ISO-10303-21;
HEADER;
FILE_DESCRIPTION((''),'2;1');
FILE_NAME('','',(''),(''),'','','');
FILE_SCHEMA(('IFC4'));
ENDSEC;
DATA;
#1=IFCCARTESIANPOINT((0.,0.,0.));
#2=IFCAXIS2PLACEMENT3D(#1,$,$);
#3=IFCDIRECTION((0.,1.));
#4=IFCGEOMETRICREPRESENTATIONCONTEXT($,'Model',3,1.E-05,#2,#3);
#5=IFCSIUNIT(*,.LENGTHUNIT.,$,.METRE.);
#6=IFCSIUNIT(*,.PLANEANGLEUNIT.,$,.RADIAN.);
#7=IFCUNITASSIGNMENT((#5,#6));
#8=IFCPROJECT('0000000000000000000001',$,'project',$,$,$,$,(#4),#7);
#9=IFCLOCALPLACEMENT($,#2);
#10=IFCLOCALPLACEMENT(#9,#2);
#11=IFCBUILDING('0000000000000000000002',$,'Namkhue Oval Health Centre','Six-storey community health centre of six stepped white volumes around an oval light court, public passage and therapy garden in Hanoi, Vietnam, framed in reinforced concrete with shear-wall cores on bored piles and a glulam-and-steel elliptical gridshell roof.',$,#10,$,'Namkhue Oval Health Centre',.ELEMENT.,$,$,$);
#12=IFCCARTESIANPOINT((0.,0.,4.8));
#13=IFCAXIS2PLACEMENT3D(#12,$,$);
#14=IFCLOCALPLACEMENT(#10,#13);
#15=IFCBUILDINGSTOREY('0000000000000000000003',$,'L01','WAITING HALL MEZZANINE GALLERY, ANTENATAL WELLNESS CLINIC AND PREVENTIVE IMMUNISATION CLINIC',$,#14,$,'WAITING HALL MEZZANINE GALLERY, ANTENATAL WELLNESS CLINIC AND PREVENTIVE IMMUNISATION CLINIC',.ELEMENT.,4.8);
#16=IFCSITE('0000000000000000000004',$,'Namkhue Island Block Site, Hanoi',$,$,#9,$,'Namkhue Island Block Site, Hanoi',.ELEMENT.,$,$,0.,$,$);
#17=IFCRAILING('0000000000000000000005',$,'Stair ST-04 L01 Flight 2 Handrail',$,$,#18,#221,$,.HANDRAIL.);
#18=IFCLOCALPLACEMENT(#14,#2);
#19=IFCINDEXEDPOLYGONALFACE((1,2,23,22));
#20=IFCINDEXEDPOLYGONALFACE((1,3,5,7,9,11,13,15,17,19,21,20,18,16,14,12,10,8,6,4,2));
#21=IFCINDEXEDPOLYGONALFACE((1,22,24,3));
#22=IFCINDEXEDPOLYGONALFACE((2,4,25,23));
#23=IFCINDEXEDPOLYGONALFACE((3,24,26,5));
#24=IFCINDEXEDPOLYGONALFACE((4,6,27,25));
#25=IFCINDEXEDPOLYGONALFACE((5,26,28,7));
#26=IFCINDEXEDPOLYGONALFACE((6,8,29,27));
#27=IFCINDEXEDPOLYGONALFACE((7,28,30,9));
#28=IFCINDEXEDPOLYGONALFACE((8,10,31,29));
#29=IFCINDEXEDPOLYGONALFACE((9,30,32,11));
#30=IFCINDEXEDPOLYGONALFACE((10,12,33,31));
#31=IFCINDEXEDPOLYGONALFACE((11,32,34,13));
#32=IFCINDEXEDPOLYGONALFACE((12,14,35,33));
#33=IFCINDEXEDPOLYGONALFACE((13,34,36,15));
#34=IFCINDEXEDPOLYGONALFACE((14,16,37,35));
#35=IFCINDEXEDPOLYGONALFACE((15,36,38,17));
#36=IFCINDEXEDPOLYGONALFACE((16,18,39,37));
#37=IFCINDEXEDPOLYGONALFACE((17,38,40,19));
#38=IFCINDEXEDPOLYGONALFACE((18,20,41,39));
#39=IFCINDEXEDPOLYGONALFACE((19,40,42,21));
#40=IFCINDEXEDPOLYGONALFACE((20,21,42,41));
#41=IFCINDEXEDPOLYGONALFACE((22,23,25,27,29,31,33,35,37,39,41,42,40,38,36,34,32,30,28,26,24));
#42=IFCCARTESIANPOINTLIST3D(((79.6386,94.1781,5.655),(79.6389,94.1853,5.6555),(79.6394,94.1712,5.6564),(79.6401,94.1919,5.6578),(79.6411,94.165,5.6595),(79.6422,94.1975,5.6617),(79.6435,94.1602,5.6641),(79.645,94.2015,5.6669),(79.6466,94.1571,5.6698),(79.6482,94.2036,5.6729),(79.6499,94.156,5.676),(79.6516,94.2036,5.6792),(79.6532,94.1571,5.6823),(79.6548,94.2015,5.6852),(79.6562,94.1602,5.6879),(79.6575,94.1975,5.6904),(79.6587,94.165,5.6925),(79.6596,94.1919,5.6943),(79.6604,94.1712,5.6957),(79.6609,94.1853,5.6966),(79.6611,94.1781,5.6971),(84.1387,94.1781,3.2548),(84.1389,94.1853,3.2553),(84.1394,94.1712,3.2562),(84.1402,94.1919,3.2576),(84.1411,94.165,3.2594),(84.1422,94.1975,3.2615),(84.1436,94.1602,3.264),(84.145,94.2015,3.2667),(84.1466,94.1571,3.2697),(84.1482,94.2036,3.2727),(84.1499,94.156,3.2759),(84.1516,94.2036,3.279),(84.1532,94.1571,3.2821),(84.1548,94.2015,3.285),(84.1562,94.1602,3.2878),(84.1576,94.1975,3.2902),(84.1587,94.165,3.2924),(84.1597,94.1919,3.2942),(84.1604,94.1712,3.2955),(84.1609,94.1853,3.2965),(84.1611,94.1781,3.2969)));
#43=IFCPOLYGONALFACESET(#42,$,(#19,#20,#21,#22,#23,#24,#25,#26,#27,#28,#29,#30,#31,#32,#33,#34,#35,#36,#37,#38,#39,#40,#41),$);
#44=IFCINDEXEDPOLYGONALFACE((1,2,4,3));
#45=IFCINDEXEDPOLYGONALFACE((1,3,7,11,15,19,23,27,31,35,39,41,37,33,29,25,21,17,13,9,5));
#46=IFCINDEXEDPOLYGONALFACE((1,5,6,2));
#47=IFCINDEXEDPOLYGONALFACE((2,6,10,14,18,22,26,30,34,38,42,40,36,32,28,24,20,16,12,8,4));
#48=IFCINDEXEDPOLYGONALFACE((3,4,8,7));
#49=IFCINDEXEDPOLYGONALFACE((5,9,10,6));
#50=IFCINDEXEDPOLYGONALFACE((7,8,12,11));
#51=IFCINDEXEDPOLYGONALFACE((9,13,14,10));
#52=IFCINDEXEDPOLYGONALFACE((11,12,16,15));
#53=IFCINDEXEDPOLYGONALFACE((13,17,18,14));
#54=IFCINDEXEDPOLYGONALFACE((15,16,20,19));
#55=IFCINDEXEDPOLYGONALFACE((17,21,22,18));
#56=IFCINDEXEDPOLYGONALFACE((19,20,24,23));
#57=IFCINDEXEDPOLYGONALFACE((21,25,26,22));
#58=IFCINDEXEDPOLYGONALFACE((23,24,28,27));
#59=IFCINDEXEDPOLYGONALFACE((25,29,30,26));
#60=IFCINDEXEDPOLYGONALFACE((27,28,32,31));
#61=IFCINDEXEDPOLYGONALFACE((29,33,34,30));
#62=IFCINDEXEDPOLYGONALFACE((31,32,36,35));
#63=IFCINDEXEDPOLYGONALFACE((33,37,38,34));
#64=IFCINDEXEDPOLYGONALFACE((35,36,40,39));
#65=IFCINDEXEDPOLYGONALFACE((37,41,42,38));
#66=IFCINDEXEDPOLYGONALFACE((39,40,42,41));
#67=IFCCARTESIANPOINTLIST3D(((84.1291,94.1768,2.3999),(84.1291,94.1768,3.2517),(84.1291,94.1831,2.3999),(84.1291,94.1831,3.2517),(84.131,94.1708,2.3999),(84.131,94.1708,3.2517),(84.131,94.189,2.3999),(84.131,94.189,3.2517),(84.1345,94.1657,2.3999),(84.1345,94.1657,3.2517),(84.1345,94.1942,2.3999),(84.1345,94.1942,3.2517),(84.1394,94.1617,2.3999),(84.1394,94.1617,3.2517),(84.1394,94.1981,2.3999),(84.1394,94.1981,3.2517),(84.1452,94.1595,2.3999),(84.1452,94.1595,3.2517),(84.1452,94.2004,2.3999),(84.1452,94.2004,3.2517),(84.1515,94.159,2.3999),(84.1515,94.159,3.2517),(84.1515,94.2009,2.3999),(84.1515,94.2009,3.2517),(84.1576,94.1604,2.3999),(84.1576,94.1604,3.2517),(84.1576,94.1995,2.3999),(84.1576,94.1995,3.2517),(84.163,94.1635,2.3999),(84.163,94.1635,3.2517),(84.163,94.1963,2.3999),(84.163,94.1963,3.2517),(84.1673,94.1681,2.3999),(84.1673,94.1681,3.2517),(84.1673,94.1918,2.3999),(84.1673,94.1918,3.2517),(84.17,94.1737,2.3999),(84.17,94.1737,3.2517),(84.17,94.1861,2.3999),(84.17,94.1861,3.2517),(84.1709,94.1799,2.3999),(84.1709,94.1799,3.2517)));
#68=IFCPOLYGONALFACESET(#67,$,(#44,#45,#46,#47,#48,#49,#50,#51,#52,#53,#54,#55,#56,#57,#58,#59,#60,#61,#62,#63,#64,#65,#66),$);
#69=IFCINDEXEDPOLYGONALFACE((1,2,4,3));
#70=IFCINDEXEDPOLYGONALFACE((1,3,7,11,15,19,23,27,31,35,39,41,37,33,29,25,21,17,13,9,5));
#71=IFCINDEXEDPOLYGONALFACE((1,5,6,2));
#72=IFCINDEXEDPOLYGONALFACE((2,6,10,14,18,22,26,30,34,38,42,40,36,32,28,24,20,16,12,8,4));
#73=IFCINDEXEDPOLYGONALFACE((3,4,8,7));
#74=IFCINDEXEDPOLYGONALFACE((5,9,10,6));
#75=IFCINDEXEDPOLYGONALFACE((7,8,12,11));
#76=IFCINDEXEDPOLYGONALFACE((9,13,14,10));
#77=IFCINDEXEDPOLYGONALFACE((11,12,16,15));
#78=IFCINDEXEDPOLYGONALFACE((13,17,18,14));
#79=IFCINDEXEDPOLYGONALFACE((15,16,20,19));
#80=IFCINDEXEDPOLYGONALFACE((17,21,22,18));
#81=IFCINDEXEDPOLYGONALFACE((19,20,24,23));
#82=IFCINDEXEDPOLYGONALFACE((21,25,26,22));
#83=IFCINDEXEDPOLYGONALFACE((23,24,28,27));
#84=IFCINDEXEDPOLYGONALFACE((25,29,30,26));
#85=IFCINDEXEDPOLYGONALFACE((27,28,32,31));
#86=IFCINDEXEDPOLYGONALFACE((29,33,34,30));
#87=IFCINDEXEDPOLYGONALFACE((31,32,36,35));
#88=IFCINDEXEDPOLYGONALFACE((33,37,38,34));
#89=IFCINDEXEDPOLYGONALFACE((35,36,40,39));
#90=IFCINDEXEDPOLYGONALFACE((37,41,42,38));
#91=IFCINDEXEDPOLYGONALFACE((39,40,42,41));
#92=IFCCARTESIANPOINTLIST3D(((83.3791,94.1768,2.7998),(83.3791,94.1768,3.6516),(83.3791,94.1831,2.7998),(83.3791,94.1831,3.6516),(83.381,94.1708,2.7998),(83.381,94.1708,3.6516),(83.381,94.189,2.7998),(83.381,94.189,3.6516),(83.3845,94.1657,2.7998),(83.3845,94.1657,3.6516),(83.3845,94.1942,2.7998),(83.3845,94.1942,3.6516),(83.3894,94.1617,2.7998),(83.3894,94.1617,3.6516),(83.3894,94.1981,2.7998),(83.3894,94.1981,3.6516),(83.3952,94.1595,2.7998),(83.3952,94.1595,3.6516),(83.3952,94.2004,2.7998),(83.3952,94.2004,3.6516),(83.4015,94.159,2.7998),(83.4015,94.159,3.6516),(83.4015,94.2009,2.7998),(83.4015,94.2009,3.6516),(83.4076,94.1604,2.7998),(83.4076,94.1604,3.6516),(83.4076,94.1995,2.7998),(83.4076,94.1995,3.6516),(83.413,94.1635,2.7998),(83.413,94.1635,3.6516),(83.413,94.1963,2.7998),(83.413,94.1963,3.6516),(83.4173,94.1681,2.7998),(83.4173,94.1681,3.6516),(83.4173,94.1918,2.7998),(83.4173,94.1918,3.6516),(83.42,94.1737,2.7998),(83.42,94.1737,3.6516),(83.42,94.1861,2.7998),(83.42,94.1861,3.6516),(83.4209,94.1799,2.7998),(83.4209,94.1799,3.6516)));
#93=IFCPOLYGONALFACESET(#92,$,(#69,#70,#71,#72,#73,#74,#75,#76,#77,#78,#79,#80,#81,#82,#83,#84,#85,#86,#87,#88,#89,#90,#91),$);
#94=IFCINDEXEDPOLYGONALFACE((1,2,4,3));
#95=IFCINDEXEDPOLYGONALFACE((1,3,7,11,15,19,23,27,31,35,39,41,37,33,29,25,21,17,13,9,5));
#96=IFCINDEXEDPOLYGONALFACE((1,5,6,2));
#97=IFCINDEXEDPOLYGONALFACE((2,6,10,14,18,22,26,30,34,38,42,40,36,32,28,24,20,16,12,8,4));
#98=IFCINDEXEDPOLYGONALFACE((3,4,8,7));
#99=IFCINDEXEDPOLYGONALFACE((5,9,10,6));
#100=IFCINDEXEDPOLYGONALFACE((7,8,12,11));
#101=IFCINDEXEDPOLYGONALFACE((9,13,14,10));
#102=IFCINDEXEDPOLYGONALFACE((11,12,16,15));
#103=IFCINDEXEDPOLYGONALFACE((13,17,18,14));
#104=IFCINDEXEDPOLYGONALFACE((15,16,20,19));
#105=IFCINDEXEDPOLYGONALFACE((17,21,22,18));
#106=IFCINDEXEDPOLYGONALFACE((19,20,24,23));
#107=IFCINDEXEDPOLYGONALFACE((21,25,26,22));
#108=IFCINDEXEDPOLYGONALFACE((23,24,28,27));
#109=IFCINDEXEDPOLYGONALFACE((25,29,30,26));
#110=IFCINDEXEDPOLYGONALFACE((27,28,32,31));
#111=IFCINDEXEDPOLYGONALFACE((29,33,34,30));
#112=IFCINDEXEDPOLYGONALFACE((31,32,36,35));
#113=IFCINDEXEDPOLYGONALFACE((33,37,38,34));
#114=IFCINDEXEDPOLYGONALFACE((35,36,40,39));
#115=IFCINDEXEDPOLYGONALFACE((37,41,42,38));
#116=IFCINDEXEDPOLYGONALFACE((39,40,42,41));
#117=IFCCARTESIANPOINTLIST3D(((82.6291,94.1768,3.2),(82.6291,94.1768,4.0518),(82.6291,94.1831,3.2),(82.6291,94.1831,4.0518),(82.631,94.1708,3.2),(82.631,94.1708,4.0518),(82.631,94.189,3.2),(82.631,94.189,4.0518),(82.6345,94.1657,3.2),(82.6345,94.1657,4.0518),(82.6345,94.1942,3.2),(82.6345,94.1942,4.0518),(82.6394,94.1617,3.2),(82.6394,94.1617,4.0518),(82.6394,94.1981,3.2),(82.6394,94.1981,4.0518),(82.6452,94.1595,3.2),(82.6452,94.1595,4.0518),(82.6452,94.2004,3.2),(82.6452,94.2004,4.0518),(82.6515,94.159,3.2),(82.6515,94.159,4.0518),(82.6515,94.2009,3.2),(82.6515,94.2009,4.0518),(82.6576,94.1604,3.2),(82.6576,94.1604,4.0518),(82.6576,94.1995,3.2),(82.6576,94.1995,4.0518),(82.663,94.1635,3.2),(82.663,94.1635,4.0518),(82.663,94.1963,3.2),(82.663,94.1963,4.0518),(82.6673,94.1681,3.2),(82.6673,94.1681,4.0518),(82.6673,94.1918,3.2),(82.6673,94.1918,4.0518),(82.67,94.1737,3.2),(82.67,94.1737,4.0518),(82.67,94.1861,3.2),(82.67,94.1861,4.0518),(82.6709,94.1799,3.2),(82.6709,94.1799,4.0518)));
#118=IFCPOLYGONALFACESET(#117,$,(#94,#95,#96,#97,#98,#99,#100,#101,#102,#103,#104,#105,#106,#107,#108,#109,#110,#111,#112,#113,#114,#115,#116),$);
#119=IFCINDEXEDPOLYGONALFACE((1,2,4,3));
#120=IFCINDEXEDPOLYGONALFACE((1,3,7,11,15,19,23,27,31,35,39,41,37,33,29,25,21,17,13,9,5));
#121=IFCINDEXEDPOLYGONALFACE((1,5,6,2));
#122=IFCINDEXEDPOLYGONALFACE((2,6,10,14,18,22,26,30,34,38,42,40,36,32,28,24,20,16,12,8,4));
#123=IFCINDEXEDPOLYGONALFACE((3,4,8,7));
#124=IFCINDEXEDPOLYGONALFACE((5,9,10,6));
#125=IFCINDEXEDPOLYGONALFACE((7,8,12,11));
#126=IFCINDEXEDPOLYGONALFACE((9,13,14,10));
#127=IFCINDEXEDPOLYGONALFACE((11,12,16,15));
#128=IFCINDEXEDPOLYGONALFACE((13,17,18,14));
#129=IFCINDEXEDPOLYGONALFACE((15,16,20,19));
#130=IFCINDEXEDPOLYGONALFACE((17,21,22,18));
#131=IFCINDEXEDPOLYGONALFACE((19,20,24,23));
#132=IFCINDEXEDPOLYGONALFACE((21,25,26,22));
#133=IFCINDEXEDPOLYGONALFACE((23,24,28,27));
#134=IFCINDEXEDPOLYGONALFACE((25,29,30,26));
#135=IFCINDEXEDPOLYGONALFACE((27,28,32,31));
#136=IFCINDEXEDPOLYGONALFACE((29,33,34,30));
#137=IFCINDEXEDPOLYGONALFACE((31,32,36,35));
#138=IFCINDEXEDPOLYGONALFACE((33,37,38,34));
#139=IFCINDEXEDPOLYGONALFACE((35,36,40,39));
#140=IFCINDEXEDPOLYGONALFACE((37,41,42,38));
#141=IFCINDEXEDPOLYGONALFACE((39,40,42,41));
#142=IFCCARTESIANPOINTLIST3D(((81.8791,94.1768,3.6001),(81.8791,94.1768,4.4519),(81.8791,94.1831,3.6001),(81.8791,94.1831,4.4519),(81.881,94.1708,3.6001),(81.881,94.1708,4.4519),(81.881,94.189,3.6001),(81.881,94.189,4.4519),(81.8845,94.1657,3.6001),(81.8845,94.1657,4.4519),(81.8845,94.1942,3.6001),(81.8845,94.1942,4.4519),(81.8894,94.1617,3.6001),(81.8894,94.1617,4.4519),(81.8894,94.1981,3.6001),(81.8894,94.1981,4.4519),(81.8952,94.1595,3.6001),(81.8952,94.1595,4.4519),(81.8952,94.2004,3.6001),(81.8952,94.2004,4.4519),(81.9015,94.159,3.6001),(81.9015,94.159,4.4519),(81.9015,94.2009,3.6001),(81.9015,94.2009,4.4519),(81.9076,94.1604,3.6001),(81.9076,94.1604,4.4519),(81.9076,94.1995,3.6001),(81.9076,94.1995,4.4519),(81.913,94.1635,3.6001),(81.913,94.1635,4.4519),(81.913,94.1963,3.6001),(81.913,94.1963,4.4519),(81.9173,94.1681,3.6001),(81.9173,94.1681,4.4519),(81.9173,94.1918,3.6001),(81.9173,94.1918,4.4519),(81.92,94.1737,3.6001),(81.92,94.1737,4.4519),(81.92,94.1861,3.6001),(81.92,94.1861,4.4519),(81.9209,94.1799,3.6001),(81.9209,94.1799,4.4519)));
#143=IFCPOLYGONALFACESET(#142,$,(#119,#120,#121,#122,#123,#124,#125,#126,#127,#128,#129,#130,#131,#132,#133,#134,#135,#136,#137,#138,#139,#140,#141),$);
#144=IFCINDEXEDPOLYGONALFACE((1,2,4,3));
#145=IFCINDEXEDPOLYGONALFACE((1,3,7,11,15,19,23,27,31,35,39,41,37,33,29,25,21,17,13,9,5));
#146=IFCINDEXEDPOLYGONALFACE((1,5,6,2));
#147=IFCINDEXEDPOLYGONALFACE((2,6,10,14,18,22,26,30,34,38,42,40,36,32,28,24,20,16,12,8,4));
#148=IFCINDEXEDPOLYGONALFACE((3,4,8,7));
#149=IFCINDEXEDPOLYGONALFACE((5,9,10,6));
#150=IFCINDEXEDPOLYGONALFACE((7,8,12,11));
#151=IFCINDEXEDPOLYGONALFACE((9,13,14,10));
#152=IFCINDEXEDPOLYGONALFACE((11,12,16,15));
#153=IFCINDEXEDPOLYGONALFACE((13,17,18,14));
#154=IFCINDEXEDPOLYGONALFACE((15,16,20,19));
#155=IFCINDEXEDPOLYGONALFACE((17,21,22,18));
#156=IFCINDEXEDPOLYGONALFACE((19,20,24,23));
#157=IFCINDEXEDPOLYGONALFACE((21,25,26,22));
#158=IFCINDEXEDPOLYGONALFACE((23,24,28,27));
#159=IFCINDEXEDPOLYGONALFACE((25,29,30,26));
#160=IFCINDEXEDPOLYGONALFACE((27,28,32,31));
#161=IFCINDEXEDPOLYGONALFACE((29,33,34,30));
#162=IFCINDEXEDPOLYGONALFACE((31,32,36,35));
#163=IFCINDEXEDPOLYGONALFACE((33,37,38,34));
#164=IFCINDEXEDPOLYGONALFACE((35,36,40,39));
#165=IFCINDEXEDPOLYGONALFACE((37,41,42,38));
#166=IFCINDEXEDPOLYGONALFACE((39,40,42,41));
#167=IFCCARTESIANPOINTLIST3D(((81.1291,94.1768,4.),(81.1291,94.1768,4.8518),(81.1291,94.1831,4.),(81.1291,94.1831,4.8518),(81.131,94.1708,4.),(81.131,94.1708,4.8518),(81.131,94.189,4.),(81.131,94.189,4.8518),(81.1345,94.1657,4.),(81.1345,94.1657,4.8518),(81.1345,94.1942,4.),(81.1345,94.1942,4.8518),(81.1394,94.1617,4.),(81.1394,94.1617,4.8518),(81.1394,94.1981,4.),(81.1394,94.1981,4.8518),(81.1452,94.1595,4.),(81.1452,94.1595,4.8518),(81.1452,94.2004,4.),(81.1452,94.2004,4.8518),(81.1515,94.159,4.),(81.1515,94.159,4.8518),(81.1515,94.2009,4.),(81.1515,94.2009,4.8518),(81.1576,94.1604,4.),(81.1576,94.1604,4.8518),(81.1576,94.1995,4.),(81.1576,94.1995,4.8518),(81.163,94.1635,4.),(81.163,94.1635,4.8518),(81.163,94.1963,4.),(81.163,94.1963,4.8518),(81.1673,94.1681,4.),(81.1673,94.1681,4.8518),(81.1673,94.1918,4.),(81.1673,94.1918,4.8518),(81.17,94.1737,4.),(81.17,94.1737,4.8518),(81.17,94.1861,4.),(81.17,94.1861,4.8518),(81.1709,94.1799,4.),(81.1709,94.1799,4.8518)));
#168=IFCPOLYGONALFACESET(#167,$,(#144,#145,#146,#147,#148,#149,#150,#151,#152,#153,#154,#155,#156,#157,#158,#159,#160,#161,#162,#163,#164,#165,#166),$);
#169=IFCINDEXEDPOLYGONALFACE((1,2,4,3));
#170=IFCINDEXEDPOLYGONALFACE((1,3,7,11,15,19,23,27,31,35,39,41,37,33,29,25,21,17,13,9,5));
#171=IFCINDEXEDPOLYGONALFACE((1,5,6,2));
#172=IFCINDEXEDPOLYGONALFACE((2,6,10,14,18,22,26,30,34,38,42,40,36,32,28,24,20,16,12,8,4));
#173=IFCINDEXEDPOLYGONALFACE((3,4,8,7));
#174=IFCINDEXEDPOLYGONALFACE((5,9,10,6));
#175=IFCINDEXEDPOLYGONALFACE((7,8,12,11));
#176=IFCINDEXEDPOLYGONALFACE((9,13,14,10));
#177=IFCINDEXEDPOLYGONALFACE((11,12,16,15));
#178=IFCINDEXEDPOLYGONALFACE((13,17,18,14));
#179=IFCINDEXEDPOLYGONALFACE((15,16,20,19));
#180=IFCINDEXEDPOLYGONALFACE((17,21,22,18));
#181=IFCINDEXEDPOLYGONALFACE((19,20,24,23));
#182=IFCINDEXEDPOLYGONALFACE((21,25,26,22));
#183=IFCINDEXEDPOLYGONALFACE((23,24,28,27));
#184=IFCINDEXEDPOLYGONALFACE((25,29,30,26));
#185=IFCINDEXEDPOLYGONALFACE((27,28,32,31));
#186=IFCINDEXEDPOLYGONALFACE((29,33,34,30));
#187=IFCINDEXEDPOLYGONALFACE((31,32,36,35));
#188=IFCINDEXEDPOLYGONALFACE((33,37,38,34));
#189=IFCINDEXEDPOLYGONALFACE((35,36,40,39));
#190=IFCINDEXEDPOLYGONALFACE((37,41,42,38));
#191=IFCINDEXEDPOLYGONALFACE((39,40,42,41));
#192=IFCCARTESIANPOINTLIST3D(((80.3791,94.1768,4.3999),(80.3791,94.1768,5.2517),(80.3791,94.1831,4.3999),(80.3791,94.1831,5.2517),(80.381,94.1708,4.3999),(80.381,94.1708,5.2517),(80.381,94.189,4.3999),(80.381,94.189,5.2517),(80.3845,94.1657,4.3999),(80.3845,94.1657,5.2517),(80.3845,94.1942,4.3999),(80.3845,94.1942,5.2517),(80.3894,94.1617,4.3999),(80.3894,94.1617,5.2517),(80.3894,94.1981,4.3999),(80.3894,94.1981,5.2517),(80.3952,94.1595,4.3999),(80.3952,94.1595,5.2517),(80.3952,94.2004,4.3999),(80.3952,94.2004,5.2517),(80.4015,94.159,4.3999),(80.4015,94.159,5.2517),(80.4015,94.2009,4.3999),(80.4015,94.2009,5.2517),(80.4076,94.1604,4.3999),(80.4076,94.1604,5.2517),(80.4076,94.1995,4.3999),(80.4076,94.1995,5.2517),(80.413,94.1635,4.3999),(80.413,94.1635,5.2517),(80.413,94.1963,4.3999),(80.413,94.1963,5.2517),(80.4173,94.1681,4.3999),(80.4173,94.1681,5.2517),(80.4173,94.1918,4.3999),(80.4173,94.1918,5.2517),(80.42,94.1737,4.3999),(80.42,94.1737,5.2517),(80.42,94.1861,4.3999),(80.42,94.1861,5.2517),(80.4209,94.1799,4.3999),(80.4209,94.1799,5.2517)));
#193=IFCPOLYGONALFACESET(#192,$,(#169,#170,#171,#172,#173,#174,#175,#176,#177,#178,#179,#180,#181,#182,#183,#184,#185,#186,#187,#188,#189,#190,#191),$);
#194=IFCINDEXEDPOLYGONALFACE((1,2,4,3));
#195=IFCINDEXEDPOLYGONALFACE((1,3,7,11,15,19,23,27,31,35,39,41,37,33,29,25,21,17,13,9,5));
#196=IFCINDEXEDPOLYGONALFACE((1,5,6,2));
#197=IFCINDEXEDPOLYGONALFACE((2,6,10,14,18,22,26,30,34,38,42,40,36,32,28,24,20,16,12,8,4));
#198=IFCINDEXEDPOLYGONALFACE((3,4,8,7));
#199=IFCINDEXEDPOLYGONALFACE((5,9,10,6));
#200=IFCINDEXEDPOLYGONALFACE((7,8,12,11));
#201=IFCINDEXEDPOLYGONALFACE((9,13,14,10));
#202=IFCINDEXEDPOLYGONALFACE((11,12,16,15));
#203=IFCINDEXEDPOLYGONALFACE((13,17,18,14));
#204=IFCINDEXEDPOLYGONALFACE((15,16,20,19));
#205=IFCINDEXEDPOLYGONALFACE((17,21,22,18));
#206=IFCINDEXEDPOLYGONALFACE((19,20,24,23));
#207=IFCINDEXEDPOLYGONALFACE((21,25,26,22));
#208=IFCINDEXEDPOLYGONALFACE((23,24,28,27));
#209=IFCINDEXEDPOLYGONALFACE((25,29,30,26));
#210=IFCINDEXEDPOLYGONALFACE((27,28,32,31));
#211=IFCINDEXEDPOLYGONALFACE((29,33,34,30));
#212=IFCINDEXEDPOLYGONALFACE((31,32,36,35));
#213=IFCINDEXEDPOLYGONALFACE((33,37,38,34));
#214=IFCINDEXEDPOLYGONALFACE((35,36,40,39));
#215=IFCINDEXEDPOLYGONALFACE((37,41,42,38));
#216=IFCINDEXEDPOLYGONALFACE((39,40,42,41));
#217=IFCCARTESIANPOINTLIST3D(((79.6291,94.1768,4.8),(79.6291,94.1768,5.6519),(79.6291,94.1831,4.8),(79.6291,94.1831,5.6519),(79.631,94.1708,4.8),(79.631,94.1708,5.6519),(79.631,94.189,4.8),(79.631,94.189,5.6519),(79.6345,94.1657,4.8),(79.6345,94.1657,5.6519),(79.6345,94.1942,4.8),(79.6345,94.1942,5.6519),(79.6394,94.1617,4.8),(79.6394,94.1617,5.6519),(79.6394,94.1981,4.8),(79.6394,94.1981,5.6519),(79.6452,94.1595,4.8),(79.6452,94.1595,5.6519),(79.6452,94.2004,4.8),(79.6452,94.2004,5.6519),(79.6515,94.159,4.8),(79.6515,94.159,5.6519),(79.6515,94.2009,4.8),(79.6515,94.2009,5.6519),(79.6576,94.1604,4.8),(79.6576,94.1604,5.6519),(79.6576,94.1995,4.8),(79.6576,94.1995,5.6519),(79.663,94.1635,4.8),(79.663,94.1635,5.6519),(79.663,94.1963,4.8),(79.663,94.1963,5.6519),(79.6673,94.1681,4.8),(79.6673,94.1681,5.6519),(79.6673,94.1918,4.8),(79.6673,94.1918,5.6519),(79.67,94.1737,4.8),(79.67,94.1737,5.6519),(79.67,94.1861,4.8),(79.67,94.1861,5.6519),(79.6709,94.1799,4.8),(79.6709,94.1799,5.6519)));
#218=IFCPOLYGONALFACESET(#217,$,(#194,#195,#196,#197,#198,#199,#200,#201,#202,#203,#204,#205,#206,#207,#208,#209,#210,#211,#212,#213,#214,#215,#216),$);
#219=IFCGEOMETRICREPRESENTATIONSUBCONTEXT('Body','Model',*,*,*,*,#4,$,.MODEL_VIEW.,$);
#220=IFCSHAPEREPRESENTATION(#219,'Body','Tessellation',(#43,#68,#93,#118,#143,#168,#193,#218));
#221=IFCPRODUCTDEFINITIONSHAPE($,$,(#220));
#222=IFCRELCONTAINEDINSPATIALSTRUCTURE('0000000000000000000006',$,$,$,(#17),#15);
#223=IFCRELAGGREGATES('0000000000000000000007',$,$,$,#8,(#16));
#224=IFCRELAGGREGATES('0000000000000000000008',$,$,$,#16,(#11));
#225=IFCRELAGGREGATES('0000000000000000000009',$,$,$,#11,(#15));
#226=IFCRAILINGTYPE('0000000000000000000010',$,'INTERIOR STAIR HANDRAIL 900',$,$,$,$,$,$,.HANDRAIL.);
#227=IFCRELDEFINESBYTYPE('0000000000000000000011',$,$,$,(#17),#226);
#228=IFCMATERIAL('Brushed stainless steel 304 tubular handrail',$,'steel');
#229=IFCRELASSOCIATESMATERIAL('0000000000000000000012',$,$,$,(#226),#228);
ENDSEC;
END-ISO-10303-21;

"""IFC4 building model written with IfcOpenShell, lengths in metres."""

from ifc_helpers import new_model, si_unit, direction, frame, origin, origin_2d, place, context, subcontext, project, spatial, circle, extrude, material, type_object, element, save


model = new_model("IFC4")

# Units and contexts
model_context = context("Model", 3, precision=1e-05, world=origin(), true_north=direction((0.0, 1.0)))
body_context = subcontext(model_context, "Body", "Model", "MODEL_VIEW")
ifc_project = project(units=[si_unit("LENGTHUNIT", "METRE"), si_unit("PLANEANGLEUNIT", "RADIAN")], contexts=[model_context])

# Site, building, storey
site_placement = place(None, origin())
site = spatial("IfcSite", under=ifc_project, at=site_placement, Name="Namkhue Island Block Site, Hanoi", LongName="Namkhue Island Block Site, Hanoi", CompositionType="ELEMENT", RefElevation=0.0)
building_placement = place(site_placement, origin())
building = spatial("IfcBuilding", under=site, at=building_placement, Name="Namkhue Oval Health Centre", Description="Six-storey community health centre of six stepped white volumes around an oval light court, public passage and therapy garden in Hanoi, Vietnam, framed in reinforced concrete with shear-wall cores on bored piles and a glulam-and-steel elliptical gridshell roof.", LongName="Namkhue Oval Health Centre", CompositionType="ELEMENT")
storey_placement = place(building_placement, frame((0.0, 0.0, 4.8)))
storey = spatial("IfcBuildingStorey", under=building, at=storey_placement, Name="L01", Description="WAITING HALL MEZZANINE GALLERY, ANTENATAL WELLNESS CLINIC AND PREVENTIVE IMMUNISATION CLINIC", LongName="WAITING HALL MEZZANINE GALLERY, ANTENATAL WELLNESS CLINIC AND PREVENTIVE IMMUNISATION CLINIC", CompositionType="ELEMENT", Elevation=4.8)

# Railing
ifc_material_1 = material(Name="Brushed stainless steel 304 tubular handrail", Category="steel")
railing_type_1 = type_object("IfcRailingType", Name="INTERIOR STAIR HANDRAIL 900", PredefinedType="HANDRAIL", material=ifc_material_1)
railing_1_placement = place(storey_placement, frame((84.1499, 94.1799, 2.3999)))
element("IfcRailing", 1, at=railing_1_placement, inside=storey, type_object=railing_type_1, Name="Stair ST-04 L01 Flight 2 Handrail", PredefinedType="HANDRAIL", context=body_context, shape_type="SweptSolid", body=[
    extrude(circle(Radius=0.0239, at=origin_2d()), frame((0.0, 0.0, 0.876), z_axis=(-0.882341, 0.0, 0.470611), x_axis=(0.0, -1.0, 0.0)), (0.0, 0.0, 1.0), 5.1001),
    extrude(circle(Radius=0.021, at=origin_2d()), origin(), (0.0, 0.0, 1.0), 0.8518),
    extrude(circle(Radius=0.021, at=origin_2d()), frame((-0.75, 0.0, 0.3999)), (0.0, 0.0, 1.0), 0.8518),
    extrude(circle(Radius=0.021, at=origin_2d()), frame((-1.5, 0.0, 0.8)), (0.0, 0.0, 1.0), 0.8518),
    extrude(circle(Radius=0.021, at=origin_2d()), frame((-2.25, 0.0, 1.2002)), (0.0, 0.0, 1.0), 0.8518),
    extrude(circle(Radius=0.021, at=origin_2d()), frame((-3.0, 0.0, 1.6001)), (0.0, 0.0, 1.0), 0.8518),
    extrude(circle(Radius=0.021, at=origin_2d()), frame((-3.75, 0.0, 2.0)), (0.0, 0.0, 1.0), 0.8518),
    extrude(circle(Radius=0.021, at=origin_2d()), frame((-4.5, 0.0, 2.4001)), (0.0, 0.0, 1.0), 0.8518),
])

save(model, "model.ifc")
